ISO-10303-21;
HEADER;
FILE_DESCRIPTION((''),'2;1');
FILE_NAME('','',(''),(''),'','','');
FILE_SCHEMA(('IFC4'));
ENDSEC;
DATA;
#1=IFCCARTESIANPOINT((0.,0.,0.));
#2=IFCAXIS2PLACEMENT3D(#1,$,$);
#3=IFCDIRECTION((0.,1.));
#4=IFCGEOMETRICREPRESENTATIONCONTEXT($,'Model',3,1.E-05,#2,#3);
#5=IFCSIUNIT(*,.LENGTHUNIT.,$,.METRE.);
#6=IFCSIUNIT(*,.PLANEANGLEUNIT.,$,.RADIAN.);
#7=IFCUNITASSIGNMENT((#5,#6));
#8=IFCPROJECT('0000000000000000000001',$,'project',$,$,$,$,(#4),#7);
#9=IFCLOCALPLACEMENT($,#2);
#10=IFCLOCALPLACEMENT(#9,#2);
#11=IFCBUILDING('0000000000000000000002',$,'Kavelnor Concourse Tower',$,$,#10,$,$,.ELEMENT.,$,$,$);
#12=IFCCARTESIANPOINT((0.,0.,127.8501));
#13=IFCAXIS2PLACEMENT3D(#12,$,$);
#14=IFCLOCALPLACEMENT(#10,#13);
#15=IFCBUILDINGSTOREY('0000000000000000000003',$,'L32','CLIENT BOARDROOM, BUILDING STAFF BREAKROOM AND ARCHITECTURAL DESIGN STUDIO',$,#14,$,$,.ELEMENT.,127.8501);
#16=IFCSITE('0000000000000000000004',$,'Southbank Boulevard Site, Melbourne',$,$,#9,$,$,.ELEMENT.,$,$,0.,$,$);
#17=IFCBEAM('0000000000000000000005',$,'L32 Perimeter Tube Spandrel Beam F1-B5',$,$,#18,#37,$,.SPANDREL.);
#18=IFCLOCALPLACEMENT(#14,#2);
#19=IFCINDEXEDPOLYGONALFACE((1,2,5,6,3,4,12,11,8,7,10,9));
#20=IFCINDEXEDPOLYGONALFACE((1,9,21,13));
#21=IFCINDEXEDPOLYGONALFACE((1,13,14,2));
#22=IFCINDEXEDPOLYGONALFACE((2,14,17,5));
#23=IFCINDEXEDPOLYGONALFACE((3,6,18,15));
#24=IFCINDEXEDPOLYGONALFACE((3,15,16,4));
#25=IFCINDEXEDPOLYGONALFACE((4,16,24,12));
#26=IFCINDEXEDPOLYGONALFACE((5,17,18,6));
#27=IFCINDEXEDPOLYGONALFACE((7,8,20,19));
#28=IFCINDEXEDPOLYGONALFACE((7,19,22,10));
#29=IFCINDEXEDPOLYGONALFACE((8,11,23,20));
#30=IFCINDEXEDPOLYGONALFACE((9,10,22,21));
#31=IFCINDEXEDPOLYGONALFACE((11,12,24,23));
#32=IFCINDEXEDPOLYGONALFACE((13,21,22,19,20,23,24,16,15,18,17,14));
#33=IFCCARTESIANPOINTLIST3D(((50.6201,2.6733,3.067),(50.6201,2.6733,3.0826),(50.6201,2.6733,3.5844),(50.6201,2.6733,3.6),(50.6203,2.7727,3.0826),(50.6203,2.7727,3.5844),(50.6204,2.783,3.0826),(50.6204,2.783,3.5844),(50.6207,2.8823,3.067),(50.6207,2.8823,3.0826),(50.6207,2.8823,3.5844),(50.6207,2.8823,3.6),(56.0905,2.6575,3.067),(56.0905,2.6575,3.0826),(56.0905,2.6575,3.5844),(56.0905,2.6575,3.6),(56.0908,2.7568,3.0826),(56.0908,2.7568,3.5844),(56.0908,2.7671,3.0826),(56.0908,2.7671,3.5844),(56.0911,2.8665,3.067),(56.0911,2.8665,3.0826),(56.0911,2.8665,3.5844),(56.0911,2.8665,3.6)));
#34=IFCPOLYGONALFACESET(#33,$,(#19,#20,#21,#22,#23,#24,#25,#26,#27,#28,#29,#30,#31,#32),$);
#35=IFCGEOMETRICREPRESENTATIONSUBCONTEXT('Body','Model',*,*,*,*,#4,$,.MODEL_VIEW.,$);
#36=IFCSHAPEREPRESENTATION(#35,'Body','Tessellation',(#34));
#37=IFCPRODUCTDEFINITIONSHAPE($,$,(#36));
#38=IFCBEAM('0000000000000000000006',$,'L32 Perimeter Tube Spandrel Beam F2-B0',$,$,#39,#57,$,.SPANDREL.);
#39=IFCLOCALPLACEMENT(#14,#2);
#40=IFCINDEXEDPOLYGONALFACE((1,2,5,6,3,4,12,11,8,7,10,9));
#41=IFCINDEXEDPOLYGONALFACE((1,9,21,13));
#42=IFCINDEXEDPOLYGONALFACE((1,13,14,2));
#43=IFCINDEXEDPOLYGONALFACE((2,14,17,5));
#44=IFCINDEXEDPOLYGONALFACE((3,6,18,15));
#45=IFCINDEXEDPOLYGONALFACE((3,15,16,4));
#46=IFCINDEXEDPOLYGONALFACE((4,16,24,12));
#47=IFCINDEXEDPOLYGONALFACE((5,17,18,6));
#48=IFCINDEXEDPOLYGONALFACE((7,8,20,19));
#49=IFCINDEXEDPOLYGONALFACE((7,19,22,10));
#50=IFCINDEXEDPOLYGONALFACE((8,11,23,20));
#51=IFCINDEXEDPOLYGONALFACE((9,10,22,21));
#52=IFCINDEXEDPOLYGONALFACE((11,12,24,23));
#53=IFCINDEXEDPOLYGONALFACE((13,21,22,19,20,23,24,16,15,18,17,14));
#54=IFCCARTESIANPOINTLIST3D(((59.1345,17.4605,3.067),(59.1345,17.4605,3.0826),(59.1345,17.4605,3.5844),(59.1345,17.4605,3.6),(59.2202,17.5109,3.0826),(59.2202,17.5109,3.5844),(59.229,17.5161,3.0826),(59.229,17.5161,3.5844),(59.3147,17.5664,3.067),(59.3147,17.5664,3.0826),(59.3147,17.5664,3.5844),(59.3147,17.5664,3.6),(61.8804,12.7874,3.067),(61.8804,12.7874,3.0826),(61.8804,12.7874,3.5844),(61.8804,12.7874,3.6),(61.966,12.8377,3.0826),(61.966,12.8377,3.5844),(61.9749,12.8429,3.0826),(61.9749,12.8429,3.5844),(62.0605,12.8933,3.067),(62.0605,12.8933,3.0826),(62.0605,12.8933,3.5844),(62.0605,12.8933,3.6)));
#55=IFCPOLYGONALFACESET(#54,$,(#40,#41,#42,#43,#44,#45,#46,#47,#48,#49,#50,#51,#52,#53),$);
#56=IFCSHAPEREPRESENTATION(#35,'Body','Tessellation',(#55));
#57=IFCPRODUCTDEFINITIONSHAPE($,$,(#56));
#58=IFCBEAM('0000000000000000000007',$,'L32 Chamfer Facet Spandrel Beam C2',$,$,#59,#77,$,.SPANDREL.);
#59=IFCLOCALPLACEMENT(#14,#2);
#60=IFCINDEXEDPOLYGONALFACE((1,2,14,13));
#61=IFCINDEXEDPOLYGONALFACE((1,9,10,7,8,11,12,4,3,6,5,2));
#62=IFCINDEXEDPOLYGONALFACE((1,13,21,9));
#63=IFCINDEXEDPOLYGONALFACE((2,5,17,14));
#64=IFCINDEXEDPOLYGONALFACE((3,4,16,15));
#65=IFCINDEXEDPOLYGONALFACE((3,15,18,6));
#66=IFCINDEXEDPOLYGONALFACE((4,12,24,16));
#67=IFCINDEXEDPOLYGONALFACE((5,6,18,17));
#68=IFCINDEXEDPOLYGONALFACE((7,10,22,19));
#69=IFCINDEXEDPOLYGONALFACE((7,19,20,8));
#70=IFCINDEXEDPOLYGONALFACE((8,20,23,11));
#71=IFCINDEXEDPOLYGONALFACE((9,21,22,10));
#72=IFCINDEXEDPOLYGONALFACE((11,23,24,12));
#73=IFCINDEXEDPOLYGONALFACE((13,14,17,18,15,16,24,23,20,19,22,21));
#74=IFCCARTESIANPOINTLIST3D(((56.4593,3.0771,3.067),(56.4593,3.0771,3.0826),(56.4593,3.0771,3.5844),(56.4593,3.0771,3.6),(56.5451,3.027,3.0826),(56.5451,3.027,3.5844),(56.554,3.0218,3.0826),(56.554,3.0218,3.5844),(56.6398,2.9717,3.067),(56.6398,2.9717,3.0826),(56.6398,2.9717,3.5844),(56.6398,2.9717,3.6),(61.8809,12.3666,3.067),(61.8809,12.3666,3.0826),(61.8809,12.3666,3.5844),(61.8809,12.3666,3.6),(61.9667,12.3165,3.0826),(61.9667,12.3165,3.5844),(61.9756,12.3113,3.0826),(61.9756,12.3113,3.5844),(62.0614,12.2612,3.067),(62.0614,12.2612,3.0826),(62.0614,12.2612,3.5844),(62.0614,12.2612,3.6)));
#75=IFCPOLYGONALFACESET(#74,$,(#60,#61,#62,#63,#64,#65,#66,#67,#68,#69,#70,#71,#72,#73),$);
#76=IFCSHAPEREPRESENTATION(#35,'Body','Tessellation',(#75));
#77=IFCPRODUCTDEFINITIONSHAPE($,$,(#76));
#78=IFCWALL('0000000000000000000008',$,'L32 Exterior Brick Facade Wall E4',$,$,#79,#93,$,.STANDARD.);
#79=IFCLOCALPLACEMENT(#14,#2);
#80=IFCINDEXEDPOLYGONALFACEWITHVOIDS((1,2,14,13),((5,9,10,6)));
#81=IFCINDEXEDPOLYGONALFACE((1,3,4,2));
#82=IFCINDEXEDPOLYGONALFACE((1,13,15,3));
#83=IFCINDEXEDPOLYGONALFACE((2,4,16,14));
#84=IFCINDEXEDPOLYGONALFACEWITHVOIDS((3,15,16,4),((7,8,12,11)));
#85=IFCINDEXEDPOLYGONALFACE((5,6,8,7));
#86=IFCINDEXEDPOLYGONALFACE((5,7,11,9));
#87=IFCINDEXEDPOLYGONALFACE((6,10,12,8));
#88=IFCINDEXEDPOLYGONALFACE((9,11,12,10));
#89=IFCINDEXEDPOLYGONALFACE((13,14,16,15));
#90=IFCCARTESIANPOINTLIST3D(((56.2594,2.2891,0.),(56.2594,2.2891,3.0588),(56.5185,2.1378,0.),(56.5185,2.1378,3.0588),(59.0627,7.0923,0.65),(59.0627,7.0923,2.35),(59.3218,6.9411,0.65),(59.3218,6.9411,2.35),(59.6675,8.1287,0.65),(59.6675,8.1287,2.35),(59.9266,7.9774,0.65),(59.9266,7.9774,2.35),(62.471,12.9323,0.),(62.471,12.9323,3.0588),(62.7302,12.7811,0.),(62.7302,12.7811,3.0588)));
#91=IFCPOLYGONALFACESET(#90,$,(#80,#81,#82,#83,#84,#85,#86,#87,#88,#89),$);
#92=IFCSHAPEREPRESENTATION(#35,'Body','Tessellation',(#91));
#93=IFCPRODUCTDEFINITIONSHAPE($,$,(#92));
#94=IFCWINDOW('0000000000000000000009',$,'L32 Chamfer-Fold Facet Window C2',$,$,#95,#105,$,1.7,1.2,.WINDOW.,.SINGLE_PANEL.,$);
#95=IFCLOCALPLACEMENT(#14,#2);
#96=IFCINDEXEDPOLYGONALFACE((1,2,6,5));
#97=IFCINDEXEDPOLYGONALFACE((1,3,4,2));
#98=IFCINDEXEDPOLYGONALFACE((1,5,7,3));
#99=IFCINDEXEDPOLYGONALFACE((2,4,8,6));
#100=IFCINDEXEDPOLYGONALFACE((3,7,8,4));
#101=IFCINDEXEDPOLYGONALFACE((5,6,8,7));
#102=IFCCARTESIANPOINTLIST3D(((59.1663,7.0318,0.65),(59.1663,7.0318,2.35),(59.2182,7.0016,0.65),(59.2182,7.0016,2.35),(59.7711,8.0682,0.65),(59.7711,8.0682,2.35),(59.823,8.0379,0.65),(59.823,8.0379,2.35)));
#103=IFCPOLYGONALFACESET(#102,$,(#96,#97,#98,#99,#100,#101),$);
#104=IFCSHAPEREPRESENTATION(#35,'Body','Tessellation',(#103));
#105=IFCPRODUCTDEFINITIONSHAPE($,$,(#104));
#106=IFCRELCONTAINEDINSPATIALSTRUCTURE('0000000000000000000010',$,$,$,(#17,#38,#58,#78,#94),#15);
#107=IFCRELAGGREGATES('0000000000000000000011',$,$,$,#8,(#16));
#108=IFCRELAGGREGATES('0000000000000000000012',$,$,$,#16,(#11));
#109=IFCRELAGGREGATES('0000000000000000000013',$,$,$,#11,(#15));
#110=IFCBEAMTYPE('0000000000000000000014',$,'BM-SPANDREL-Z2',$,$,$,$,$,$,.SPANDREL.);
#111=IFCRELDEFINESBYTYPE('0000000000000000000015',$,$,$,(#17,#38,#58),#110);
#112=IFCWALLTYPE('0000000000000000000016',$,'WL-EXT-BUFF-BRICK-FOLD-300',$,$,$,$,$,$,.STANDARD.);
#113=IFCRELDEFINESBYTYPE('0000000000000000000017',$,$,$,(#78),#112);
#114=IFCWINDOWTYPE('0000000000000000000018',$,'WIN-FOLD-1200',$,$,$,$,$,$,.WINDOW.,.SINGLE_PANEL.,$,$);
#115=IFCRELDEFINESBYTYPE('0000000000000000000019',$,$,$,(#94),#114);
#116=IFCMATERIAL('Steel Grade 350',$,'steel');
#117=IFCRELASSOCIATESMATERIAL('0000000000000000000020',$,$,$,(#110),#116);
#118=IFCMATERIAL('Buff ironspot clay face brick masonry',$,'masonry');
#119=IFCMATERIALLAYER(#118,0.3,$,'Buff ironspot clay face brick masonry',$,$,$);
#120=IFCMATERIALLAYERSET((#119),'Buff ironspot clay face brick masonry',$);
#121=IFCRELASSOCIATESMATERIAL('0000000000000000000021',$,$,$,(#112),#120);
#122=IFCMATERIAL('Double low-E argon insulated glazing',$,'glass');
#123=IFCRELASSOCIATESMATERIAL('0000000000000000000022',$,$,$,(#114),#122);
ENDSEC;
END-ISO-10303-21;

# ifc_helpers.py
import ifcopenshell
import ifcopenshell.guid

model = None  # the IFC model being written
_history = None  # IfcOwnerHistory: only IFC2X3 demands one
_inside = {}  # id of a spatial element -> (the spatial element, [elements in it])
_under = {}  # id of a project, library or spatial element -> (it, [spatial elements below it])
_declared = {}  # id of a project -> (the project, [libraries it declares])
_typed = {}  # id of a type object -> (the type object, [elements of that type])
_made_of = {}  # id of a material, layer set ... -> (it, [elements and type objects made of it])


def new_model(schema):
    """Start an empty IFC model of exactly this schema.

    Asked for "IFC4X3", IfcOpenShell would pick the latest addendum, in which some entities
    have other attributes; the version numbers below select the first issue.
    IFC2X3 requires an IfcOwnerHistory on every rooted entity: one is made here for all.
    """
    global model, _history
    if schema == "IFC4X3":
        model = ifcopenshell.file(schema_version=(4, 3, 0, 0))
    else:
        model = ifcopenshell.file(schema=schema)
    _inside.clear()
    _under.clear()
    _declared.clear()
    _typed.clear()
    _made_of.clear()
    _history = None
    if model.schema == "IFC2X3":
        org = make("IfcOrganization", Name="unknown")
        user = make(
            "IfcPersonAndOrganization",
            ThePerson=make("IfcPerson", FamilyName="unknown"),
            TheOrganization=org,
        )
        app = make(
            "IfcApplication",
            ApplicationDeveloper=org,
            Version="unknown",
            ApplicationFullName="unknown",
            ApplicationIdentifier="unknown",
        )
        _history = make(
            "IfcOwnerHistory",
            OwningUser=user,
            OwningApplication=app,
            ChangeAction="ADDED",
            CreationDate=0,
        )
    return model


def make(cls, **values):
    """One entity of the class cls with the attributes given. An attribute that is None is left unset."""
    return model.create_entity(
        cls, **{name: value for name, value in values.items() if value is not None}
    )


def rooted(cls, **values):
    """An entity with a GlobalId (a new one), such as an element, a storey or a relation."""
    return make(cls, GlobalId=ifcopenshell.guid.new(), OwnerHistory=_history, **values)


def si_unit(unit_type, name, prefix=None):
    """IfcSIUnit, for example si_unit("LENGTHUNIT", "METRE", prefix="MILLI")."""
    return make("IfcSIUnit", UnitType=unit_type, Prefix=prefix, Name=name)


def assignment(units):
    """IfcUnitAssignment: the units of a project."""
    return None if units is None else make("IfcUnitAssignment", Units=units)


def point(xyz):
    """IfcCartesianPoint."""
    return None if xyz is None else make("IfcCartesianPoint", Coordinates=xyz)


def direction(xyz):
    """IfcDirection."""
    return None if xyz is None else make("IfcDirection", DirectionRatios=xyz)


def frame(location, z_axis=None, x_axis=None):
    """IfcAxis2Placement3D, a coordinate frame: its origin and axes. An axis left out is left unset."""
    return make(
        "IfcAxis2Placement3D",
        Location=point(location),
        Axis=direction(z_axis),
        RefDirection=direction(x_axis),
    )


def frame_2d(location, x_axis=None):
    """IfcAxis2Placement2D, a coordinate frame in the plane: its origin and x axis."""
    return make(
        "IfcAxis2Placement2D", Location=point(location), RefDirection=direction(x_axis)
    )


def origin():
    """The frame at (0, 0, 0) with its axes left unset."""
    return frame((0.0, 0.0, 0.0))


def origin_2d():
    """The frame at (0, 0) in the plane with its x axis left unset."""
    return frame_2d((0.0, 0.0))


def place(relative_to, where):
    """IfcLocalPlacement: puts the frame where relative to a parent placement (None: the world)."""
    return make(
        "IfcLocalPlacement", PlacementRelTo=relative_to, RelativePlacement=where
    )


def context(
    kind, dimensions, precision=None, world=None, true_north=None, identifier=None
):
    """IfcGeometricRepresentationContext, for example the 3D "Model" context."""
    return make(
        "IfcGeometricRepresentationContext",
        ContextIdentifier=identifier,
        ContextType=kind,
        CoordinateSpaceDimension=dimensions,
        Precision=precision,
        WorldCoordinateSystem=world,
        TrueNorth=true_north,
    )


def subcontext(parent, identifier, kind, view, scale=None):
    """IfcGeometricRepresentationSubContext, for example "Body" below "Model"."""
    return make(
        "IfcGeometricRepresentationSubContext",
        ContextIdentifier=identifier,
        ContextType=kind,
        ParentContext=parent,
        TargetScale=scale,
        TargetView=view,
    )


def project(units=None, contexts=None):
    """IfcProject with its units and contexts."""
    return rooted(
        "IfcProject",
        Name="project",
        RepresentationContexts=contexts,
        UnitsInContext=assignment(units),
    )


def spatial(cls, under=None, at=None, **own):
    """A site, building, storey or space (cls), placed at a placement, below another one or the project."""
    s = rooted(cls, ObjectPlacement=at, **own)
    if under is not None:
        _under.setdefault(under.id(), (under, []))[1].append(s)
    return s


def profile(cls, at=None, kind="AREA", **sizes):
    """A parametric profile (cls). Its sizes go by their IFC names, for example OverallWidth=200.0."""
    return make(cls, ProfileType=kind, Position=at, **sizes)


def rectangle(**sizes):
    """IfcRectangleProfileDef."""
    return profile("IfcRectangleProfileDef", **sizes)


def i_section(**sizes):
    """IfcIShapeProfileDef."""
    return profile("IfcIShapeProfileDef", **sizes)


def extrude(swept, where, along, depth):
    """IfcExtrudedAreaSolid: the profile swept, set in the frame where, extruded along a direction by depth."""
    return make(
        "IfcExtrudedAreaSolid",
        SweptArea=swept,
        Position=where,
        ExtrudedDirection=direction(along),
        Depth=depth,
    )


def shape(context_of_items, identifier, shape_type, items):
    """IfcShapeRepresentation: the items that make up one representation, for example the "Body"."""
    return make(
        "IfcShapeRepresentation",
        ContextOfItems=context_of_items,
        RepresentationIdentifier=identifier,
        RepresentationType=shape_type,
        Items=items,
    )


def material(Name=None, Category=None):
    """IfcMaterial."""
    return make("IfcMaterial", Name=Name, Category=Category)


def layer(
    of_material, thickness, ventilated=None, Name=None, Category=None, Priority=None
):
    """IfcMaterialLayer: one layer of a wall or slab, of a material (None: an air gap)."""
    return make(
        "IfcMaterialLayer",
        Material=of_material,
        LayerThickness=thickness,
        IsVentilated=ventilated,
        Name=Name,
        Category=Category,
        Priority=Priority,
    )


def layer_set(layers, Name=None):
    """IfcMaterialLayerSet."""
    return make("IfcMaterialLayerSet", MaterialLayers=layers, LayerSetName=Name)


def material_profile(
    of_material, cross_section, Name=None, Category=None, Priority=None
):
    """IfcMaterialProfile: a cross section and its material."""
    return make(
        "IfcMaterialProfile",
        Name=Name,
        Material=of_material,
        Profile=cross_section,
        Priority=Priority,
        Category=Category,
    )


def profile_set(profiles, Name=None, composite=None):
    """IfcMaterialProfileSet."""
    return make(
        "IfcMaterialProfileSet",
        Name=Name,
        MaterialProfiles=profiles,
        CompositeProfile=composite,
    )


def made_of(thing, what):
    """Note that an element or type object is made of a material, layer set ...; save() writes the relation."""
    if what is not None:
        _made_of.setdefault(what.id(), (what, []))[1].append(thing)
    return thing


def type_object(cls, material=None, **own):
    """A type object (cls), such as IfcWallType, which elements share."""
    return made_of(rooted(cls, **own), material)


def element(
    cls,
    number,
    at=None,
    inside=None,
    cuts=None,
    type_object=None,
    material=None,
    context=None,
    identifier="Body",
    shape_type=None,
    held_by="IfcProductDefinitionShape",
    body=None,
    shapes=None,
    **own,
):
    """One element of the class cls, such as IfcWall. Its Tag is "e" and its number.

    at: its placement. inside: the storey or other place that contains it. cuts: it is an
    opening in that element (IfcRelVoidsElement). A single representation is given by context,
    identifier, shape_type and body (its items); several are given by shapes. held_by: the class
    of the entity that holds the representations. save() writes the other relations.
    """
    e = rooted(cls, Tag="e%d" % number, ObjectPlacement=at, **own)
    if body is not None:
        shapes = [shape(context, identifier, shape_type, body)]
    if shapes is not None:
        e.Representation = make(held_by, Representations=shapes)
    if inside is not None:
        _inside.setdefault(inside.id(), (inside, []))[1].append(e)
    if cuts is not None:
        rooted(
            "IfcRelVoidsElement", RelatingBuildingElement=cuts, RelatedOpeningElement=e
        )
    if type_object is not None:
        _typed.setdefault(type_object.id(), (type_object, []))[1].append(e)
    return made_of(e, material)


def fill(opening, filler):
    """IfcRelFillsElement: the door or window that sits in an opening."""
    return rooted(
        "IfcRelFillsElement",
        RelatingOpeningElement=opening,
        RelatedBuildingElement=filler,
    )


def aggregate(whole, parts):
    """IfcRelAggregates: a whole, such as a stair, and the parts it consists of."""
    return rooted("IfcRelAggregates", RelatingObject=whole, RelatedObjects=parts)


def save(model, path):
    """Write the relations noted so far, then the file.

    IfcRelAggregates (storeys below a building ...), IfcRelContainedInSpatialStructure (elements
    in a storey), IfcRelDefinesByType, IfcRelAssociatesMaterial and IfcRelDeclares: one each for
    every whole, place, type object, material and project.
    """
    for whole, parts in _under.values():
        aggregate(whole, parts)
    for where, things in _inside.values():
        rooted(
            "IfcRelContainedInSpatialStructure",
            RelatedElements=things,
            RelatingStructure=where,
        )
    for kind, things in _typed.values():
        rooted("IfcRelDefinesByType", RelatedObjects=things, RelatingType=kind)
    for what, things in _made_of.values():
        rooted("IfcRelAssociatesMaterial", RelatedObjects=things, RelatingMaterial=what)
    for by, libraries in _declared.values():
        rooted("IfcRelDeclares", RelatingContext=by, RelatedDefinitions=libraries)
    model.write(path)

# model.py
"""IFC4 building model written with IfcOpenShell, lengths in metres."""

from ifc_helpers import new_model, si_unit, direction, frame, frame_2d, origin, origin_2d, place, context, subcontext, project, spatial, rectangle, i_section, extrude, material, layer, layer_set, material_profile, profile_set, type_object, element, fill, save


model = new_model("IFC4")

# Units and contexts
model_context = context("Model", 3, precision=1e-05, world=origin(), true_north=direction((0.0, 1.0)))
body_context = subcontext(model_context, "Body", "Model", "MODEL_VIEW")
ifc_project = project(units=[si_unit("LENGTHUNIT", "METRE"), si_unit("PLANEANGLEUNIT", "RADIAN")], contexts=[model_context])

# Site, building, storey
site_placement = place(None, origin())
site = spatial("IfcSite", under=ifc_project, at=site_placement, Name="Southbank Boulevard Site, Melbourne", CompositionType="ELEMENT", RefElevation=0.0)
building_placement = place(site_placement, origin())
building = spatial("IfcBuilding", under=site, at=building_placement, Name="Kavelnor Concourse Tower", CompositionType="ELEMENT")
storey_placement = place(building_placement, frame((0.0, 0.0, 127.8501)))
storey = spatial("IfcBuildingStorey", under=building, at=storey_placement, Name="L32", Description="CLIENT BOARDROOM, BUILDING STAFF BREAKROOM AND ARCHITECTURAL DESIGN STUDIO", CompositionType="ELEMENT", Elevation=127.8501)

# Shared definitions
ifc_material_1 = material(Name="Steel Grade 350", Category="steel")

# Beams
ifc_material_profile_1 = material_profile(ifc_material_1, i_section(OverallWidth=0.209, OverallDepth=0.533, WebThickness=0.0103, FlangeThickness=0.0156, at=origin_2d()), Name="530UB92")
ifc_profile_set_1 = profile_set([ifc_material_profile_1], Name="Steel Grade 350")
beam_type_1 = type_object("IfcBeamType", Name="BM-SPANDREL-Z2", PredefinedType="SPANDREL", material=ifc_profile_set_1)
beam_1_placement = place(storey_placement, frame((50.6204, 2.7778, 3.3335), z_axis=(0.999996, -0.002901, 0.0), x_axis=(0.002901, 0.999996, 0.0)))
element("IfcBeam", 1, at=beam_1_placement, inside=storey, type_object=beam_type_1, Name="L32 Perimeter Tube Spandrel Beam F1-B5", PredefinedType="SPANDREL", context=body_context, shape_type="SweptSolid", body=[
    extrude(i_section(OverallWidth=0.209, OverallDepth=0.533, WebThickness=0.0103, FlangeThickness=0.0156, at=origin_2d()), origin(), (0.0, 0.0, 1.0), 5.4705),
])
beam_2_placement = place(storey_placement, frame((61.9705, 12.8403, 3.3335), z_axis=(-0.506605, 0.862178, 0.0), x_axis=(-0.862178, -0.506605, 0.0)))
element("IfcBeam", 2, at=beam_2_placement, inside=storey, type_object=beam_type_1, Name="L32 Perimeter Tube Spandrel Beam F2-B0", PredefinedType="SPANDREL", context=body_context, shape_type="SweptSolid", body=[
    extrude(i_section(OverallWidth=0.209, OverallDepth=0.533, WebThickness=0.0103, FlangeThickness=0.0156, at=origin_2d()), origin(), (0.0, 0.0, 1.0), 5.4202),
])
beam_3_placement = place(storey_placement, frame((56.5496, 3.0244, 3.3335), z_axis=(0.50406, 0.863669, 0.0), x_axis=(-0.863669, 0.50406, 0.0)))
element("IfcBeam", 3, at=beam_3_placement, inside=storey, type_object=beam_type_1, Name="L32 Chamfer Facet Spandrel Beam C2", PredefinedType="SPANDREL", context=body_context, shape_type="SweptSolid", body=[
    extrude(i_section(OverallWidth=0.209, OverallDepth=0.533, WebThickness=0.0103, FlangeThickness=0.0156, at=origin_2d()), origin(), (0.0, 0.0, 1.0), 10.7559),
])

# Wall, opening, window
ifc_material_2 = material(Name="Buff ironspot clay face brick masonry", Category="masonry")
ifc_layer_1 = layer(ifc_material_2, 0.3, Name="Buff ironspot clay face brick masonry")
ifc_layer_set_1 = layer_set([ifc_layer_1], Name="Buff ironspot clay face brick masonry")
wall_type_1 = type_object("IfcWallType", Name="WL-EXT-BUFF-BRICK-FOLD-300", PredefinedType="STANDARD", material=ifc_layer_set_1)
wall_1_placement = place(storey_placement, frame((62.6006, 12.8567, 0.0), z_axis=(0.0, 0.0, 1.0), x_axis=(-0.504057, -0.86367, 0.0)))
wall_1 = element("IfcWall", 4, at=wall_1_placement, inside=storey, type_object=wall_type_1, Name="L32 Exterior Brick Facade Wall E4", PredefinedType="STANDARD", context=body_context, shape_type="SweptSolid", body=[
    extrude(rectangle(XDim=12.3232, YDim=0.3, at=frame_2d((6.1616, 0.0))), origin(), (0.0, 0.0, 1.0), 3.0588),
])
opening_1_placement = place(wall_1_placement, frame((5.5618, 0.0, 0.6499)))
opening_1 = element("IfcOpeningElement", 5, at=opening_1_placement, cuts=wall_1, PredefinedType="OPENING", context=body_context, shape_type="SweptSolid", body=[
    extrude(rectangle(XDim=1.2, YDim=1.7, at=frame_2d((0.6001, 0.8501))), frame((0.0, 0.1602, 0.0), z_axis=(0.0, -1.0, 0.0), x_axis=(1.0, 0.0, 0.0)), (0.0, 0.0, 1.0), 0.3201),
])
ifc_material_3 = material(Name="Double low-E argon insulated glazing", Category="glass")
window_type_1 = type_object("IfcWindowType", Name="WIN-FOLD-1200", PartitioningType="SINGLE_PANEL", PredefinedType="WINDOW", material=ifc_material_3)
window_1_placement = place(opening_1_placement, origin())
window_1 = element("IfcWindow", 6, at=window_1_placement, inside=storey, type_object=window_type_1, Name="L32 Chamfer-Fold Facet Window C2", OverallHeight=1.7, OverallWidth=1.2, PartitioningType="SINGLE_PANEL", PredefinedType="WINDOW", context=body_context, shape_type="SweptSolid", body=[
    extrude(rectangle(XDim=1.2, YDim=1.7, at=frame_2d((0.6001, 0.8501))), frame((0.0, 0.03, 0.0), z_axis=(0.0, -1.0, 0.0), x_axis=(1.0, 0.0, 0.0)), (0.0, 0.0, 1.0), 0.0601),
])
fill(opening_1, window_1)

save(model, "model.ifc")
